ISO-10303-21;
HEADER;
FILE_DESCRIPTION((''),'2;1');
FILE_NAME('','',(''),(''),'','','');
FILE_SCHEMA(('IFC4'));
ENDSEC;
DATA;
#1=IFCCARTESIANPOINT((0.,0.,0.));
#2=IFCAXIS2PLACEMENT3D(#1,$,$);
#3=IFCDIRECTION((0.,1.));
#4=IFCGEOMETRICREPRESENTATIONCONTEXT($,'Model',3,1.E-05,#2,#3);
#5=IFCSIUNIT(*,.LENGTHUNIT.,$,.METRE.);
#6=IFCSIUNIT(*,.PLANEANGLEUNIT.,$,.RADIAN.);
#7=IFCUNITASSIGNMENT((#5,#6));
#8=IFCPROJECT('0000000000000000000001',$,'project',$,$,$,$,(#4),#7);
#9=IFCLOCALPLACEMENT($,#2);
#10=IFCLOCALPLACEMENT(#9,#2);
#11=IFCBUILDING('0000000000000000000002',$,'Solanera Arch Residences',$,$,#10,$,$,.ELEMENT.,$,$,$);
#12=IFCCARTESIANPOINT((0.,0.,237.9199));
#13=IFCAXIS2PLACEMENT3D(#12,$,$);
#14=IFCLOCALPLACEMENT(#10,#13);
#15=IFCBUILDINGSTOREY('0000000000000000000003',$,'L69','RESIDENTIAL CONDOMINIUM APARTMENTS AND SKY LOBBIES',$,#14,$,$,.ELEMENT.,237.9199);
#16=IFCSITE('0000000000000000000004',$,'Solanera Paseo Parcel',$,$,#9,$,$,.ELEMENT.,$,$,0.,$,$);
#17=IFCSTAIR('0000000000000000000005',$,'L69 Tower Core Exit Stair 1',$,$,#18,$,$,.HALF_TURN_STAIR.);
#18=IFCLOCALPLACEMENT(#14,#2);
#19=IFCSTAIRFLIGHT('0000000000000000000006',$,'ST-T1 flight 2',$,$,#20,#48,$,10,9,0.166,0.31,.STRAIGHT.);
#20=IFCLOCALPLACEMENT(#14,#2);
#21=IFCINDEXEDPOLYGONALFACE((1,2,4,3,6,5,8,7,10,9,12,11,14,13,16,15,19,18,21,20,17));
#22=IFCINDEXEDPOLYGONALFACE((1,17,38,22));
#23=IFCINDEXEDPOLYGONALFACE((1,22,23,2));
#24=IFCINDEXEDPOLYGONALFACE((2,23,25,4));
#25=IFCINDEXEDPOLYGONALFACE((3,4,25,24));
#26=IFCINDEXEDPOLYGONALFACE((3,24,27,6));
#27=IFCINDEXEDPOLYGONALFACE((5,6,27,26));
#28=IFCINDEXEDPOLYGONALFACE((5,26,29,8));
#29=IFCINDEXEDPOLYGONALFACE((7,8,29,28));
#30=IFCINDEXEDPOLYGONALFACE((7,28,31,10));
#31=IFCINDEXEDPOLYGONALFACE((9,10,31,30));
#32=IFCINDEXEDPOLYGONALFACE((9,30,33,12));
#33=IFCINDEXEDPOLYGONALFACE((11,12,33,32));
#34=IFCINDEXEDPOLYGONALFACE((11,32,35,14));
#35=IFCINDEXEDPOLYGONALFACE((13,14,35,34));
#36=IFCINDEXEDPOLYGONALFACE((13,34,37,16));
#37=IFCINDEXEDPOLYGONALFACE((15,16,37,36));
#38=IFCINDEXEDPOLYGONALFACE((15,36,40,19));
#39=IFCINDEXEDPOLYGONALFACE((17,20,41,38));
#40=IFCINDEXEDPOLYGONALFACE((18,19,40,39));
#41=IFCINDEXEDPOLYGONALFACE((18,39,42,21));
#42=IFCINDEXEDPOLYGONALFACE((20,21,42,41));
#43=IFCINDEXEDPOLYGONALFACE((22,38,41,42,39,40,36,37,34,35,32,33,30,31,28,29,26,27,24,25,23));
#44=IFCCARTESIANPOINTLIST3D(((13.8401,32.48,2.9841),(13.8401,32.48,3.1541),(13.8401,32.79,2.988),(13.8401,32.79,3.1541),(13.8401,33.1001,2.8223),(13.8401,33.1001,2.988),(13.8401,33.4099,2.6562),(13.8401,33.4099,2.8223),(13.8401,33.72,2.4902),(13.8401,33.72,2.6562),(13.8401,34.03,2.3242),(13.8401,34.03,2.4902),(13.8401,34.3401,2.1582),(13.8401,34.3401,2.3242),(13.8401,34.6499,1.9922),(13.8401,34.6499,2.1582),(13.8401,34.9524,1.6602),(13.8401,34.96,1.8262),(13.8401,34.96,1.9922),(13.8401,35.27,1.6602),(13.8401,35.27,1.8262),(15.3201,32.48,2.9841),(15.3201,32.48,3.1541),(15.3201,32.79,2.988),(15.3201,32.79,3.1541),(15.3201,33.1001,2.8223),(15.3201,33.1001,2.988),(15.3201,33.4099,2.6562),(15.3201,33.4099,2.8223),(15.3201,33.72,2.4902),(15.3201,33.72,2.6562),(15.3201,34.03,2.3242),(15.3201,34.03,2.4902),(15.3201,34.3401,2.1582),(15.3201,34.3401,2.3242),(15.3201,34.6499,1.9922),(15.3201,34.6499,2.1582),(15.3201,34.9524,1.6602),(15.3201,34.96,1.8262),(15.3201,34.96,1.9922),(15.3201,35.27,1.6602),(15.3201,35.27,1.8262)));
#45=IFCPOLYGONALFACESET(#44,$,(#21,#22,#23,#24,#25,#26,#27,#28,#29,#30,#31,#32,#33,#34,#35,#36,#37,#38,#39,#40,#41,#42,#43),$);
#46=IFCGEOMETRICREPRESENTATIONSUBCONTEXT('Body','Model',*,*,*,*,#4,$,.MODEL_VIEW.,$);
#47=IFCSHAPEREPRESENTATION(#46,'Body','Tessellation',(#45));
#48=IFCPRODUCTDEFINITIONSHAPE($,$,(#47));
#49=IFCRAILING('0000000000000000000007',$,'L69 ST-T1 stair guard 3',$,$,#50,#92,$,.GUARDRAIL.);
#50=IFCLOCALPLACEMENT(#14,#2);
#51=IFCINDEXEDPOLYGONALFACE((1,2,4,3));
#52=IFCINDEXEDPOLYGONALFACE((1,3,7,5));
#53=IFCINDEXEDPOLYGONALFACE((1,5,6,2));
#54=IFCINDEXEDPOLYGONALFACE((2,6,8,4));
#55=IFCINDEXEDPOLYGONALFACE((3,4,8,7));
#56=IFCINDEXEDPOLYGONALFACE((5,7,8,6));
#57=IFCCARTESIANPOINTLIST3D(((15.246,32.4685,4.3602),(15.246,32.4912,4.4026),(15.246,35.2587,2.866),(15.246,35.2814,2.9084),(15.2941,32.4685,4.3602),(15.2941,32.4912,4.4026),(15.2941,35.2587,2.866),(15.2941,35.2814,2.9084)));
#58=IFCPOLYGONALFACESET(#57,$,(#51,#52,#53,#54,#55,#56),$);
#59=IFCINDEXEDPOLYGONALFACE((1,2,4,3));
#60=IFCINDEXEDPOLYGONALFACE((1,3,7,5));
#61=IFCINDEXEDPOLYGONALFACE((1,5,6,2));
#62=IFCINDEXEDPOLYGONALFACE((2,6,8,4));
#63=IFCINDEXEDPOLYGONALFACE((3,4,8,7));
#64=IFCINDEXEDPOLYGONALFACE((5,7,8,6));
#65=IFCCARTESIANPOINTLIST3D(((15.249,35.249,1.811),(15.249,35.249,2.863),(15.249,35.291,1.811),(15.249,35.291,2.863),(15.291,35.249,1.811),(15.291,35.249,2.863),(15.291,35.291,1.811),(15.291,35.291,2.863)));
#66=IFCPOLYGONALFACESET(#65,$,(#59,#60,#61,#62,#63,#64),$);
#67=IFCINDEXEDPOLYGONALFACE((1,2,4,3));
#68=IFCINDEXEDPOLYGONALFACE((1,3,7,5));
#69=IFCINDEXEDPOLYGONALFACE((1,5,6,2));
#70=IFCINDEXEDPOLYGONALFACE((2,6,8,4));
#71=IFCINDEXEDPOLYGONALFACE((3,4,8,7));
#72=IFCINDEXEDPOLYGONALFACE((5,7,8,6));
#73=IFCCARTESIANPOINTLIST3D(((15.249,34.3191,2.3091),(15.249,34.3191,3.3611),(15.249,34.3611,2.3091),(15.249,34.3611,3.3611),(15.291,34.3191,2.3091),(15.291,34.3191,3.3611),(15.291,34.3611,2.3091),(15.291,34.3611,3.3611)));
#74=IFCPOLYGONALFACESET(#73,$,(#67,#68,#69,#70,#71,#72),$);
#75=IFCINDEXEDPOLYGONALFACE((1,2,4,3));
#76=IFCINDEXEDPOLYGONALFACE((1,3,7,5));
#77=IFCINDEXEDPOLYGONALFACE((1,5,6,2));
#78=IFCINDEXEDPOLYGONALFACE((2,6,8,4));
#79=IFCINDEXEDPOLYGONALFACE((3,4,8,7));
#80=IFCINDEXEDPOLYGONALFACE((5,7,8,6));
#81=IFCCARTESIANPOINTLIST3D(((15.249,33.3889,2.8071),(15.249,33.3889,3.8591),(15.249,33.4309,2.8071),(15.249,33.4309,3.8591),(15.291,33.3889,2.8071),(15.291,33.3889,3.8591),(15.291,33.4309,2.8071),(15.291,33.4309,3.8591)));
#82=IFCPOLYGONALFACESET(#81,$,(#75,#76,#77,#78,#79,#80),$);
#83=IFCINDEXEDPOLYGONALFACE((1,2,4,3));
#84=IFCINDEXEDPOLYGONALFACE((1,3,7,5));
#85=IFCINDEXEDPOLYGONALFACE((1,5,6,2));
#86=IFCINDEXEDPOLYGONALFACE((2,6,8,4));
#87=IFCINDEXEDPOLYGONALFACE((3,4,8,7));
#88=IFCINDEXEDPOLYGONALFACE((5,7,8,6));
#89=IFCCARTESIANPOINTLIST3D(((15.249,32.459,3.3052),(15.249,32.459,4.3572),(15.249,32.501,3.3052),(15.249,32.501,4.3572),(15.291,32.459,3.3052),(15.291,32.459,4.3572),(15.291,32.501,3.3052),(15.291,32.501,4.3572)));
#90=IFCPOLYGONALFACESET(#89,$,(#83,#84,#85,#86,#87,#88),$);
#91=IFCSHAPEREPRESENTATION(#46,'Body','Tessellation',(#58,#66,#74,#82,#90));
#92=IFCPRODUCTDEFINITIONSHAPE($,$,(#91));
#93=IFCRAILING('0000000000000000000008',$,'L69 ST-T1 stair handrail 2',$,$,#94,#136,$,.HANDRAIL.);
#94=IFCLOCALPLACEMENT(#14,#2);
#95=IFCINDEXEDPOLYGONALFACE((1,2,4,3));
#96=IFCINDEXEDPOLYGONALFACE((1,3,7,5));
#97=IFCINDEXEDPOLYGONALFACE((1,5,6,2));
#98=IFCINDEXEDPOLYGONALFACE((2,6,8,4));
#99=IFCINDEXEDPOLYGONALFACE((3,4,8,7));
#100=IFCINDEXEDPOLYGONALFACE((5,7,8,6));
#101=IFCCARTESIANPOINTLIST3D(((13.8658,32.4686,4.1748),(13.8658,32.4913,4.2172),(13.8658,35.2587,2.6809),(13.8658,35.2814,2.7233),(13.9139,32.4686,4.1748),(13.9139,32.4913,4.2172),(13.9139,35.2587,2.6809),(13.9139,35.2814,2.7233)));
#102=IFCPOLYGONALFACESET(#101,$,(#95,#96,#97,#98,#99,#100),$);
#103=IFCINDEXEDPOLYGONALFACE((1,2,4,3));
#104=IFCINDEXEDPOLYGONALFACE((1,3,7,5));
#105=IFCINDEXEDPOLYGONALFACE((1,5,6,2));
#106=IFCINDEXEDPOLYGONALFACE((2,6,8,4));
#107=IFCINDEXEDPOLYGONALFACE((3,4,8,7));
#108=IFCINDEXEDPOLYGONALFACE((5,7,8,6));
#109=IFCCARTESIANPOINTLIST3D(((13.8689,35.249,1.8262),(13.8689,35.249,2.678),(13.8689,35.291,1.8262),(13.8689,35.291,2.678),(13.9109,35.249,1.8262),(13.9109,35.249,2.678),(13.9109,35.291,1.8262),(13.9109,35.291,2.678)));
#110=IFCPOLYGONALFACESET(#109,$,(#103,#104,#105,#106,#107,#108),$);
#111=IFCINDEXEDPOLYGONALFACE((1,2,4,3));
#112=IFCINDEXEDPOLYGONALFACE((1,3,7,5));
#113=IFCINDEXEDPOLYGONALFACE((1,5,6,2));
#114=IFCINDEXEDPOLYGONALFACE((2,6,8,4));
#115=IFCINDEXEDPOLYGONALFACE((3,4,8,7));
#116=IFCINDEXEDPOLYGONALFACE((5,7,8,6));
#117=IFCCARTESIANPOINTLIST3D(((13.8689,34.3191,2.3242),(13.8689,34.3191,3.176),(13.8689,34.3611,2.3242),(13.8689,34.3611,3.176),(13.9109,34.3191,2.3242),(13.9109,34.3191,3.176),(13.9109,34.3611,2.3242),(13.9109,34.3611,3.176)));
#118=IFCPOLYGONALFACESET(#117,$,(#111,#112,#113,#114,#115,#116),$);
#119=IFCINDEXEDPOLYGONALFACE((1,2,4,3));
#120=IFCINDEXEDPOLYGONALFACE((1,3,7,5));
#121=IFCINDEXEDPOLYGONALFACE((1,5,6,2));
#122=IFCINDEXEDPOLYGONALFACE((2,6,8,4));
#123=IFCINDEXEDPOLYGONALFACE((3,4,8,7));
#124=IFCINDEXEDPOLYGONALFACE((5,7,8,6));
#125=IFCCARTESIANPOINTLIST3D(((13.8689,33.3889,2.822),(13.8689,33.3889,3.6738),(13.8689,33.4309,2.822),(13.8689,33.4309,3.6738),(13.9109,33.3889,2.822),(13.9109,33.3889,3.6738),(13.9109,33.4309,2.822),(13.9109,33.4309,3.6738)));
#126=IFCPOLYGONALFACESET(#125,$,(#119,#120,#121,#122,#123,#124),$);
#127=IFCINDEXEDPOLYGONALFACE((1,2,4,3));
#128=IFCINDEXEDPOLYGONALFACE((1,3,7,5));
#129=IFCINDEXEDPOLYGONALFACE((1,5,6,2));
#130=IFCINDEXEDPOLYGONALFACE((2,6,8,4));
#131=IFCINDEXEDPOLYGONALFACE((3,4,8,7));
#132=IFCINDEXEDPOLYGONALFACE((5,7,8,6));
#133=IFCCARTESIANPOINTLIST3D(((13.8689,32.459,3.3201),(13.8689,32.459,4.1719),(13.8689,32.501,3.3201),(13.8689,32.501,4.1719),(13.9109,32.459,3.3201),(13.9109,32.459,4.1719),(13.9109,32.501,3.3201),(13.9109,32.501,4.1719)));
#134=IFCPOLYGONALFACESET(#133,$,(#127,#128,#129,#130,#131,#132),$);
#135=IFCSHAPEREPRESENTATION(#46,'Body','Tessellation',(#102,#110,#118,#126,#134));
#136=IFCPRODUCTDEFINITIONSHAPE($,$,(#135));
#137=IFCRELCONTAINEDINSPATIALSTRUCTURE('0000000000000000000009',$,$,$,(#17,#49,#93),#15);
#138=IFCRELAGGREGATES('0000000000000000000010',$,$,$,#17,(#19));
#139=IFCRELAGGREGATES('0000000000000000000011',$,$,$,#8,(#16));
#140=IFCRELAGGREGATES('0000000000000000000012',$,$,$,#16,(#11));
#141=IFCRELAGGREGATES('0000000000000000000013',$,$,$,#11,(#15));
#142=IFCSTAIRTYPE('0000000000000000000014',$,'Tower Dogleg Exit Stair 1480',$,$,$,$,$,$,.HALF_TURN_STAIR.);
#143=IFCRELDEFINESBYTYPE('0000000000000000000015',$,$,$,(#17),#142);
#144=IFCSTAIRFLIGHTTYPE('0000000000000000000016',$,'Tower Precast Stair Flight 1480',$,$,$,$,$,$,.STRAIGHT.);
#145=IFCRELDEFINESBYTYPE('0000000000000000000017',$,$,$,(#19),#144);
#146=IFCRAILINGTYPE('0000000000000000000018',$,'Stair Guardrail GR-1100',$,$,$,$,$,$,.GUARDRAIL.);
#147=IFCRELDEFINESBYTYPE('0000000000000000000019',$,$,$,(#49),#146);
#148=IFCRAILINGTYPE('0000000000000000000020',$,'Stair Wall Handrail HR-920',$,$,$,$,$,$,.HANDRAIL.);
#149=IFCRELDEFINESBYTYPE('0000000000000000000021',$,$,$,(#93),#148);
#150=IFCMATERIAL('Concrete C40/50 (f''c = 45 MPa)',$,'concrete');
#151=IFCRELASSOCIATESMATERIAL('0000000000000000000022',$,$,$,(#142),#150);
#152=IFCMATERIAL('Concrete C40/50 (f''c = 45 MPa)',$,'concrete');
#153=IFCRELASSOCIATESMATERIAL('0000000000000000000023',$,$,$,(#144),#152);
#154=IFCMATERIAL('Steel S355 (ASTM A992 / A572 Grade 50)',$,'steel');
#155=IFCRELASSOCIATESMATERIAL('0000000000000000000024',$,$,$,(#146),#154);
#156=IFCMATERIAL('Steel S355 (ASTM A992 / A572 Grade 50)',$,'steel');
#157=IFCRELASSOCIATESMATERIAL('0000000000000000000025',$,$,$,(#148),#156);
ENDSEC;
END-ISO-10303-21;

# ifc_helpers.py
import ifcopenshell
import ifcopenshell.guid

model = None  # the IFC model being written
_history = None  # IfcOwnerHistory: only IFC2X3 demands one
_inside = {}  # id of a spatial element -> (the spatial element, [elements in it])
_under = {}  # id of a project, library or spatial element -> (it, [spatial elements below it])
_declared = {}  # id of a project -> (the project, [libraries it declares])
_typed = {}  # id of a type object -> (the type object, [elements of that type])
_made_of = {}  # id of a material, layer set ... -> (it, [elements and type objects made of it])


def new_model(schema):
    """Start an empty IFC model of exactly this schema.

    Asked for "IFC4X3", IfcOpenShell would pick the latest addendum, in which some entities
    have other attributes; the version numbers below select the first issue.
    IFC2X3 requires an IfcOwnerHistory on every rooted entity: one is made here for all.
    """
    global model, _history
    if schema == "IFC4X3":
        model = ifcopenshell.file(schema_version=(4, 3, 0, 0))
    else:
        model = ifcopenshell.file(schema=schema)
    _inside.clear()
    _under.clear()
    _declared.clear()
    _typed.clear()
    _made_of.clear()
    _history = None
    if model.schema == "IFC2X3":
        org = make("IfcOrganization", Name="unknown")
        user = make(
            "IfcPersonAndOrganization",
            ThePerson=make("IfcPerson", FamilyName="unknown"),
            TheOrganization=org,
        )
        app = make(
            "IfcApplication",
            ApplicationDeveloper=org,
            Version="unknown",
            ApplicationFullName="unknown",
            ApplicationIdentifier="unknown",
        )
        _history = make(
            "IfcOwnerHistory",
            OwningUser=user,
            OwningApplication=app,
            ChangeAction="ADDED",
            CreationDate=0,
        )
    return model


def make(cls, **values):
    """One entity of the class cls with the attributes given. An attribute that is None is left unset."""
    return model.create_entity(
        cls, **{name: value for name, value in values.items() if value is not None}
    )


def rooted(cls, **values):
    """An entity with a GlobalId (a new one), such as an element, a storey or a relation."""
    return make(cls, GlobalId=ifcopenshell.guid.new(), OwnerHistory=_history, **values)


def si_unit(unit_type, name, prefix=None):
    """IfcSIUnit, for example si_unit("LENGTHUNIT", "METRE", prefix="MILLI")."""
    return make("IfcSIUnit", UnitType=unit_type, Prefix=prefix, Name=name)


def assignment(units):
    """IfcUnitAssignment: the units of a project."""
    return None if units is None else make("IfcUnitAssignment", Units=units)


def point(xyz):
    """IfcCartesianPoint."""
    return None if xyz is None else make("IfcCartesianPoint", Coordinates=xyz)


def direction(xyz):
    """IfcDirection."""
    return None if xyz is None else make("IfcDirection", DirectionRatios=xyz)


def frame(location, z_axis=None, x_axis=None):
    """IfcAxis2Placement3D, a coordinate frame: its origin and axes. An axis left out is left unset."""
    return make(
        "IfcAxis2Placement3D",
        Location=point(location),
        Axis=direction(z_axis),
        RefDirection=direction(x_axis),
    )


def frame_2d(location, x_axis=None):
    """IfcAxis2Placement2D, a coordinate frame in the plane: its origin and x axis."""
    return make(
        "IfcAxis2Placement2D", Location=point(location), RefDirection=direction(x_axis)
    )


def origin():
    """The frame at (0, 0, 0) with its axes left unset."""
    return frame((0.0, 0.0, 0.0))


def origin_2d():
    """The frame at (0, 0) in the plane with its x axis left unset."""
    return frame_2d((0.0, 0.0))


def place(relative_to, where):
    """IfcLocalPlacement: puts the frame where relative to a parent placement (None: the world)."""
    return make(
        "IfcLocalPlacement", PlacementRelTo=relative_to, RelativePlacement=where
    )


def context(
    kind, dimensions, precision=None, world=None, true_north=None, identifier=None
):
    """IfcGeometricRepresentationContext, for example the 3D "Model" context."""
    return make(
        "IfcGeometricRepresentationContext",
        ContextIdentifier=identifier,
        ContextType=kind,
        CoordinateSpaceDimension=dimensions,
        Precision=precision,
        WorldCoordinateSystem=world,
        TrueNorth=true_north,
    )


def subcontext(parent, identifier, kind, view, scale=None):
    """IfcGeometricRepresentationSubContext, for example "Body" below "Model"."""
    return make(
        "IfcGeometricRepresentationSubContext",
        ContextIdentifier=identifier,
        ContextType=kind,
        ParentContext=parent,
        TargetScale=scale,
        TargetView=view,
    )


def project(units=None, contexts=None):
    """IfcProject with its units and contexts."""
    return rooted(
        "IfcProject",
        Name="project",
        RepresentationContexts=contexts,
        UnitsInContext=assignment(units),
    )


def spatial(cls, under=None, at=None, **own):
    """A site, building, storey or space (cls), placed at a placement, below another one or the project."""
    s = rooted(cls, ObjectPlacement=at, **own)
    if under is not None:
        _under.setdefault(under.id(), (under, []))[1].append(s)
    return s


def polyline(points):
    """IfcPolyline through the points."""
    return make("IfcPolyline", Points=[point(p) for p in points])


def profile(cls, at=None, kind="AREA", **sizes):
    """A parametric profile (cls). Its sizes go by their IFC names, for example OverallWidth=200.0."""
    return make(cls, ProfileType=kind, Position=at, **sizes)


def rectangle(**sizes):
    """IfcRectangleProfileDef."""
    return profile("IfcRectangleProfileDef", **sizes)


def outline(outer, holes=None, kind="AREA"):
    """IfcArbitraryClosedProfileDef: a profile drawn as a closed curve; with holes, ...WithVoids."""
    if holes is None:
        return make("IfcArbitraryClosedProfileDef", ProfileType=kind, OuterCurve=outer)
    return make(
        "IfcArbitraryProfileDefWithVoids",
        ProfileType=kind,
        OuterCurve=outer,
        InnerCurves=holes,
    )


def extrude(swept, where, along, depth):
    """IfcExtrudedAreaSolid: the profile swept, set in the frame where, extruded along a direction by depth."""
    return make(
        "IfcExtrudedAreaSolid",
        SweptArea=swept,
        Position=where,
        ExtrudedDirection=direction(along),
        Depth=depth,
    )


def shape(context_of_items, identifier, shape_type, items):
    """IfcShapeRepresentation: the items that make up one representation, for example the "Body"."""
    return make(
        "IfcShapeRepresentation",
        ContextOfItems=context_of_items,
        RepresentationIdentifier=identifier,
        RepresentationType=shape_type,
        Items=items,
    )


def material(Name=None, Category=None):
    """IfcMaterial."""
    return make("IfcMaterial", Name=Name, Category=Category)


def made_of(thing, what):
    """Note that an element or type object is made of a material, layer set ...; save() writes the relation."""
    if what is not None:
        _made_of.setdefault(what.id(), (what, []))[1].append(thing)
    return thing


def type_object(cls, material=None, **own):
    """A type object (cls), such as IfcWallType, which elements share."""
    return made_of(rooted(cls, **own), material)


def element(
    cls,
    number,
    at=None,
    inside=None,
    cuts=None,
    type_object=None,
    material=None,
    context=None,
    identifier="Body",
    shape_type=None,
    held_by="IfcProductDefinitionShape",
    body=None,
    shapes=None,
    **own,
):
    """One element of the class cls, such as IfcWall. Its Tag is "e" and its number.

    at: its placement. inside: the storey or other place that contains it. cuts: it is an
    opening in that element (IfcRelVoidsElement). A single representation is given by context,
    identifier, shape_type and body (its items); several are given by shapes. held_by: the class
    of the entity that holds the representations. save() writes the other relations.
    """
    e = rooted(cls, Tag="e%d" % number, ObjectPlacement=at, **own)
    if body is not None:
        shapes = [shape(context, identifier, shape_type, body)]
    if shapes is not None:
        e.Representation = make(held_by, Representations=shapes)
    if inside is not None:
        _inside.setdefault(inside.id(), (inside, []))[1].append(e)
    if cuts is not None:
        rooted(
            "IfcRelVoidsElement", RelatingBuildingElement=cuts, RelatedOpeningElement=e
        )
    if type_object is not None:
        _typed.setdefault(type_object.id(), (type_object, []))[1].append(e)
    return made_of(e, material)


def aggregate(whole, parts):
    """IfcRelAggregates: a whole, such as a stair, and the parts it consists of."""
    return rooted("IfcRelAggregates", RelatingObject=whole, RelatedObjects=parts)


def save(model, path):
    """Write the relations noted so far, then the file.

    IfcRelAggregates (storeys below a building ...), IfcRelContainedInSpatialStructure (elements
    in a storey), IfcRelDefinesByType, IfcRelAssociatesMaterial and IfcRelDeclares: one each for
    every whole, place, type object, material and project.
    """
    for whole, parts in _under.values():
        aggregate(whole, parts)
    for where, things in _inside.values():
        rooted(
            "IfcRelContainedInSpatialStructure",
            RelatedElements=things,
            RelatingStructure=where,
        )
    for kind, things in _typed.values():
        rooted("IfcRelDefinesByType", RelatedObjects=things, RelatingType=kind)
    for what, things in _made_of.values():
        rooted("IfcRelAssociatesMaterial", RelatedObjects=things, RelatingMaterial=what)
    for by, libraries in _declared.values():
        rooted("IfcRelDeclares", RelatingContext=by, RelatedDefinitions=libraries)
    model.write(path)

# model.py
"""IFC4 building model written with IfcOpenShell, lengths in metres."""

from ifc_helpers import new_model, si_unit, direction, frame, origin, origin_2d, place, context, subcontext, project, spatial, polyline, rectangle, outline, extrude, material, type_object, element, aggregate, save


model = new_model("IFC4")

# Units and contexts
model_context = context("Model", 3, precision=1e-05, world=origin(), true_north=direction((0.0, 1.0)))
body_context = subcontext(model_context, "Body", "Model", "MODEL_VIEW")
ifc_project = project(units=[si_unit("LENGTHUNIT", "METRE"), si_unit("PLANEANGLEUNIT", "RADIAN")], contexts=[model_context])

# Site, building, storey
site_placement = place(None, origin())
site = spatial("IfcSite", under=ifc_project, at=site_placement, Name="Solanera Paseo Parcel", CompositionType="ELEMENT", RefElevation=0.0)
building_placement = place(site_placement, origin())
building = spatial("IfcBuilding", under=site, at=building_placement, Name="Solanera Arch Residences", CompositionType="ELEMENT")
storey_placement = place(building_placement, frame((0.0, 0.0, 237.9199)))
storey = spatial("IfcBuildingStorey", under=building, at=storey_placement, Name="L69", Description="RESIDENTIAL CONDOMINIUM APARTMENTS AND SKY LOBBIES", CompositionType="ELEMENT", Elevation=237.9199)

# Stair, stair flight
ifc_material_1 = material(Name="Concrete C40/50 (f'c = 45 MPa)", Category="concrete")
stair_type = type_object("IfcStairType", Name="Tower Dogleg Exit Stair 1480", PredefinedType="HALF_TURN_STAIR", material=ifc_material_1)
stair_placement = place(storey_placement, origin())
stair = element("IfcStair", 1, at=stair_placement, inside=storey, type_object=stair_type, Name="L69 Tower Core Exit Stair 1", PredefinedType="HALF_TURN_STAIR")
ifc_material_2 = material(Name="Concrete C40/50 (f'c = 45 MPa)", Category="concrete")
stair_flight_type = type_object("IfcStairFlightType", Name="Tower Precast Stair Flight 1480", PredefinedType="STRAIGHT", material=ifc_material_2)
stair_flight_placement = place(storey_placement, frame((14.5801, 35.27, 1.6602), z_axis=(0.0, 0.0, 1.0), x_axis=(0.0, -1.0, 0.0)))
stair_flight = element("IfcStairFlight", 2, at=stair_flight_placement, type_object=stair_flight_type, Name="ST-T1 flight 2", NumberOfRisers=10, NumberOfTreads=9, PredefinedType="STRAIGHT", RiserHeight=0.166, TreadLength=0.31, context=body_context, shape_type="SweptSolid", body=[
    extrude(outline(polyline([(0.0, 0.0), (0.0, 0.166), (0.3101, 0.166), (0.3101, 0.332), (0.6201, 0.332), (0.6201, 0.498), (0.9299, 0.498), (0.9299, 0.6641), (1.24, 0.6641), (1.24, 0.8301), (1.55, 0.8301), (1.55, 0.9961), (1.8601, 0.9961), (1.8601, 1.1621), (2.1699, 1.1621), (2.1699, 1.3279), (2.48, 1.3279), (2.48, 1.4939), (2.79, 1.4939), (2.79, 1.6599), (2.79, 1.324), (0.3176, 0.0), (0.0, 0.0)])), frame((0.0, 0.74, 0.0), z_axis=(0.0, -1.0, 0.0), x_axis=(1.0, 0.0, 0.0)), (0.0, 0.0, 1.0), 1.48),
])
aggregate(stair, [stair_flight])

# Railings
ifc_material_3 = material(Name="Steel S355 (ASTM A992 / A572 Grade 50)", Category="steel")
railing_type_1 = type_object("IfcRailingType", Name="Stair Guardrail GR-1100", PredefinedType="GUARDRAIL", material=ifc_material_3)
railing_1_placement = place(storey_placement, frame((15.27, 35.27, 1.811)))
element("IfcRailing", 3, at=railing_1_placement, inside=storey, type_object=railing_type_1, Name="L69 ST-T1 stair guard 3", PredefinedType="GUARDRAIL", context=body_context, shape_type="SweptSolid", body=[
    extrude(rectangle(XDim=0.0481, YDim=0.0481, at=origin_2d()), frame((0.0, 0.0, 1.0762), z_axis=(0.0, -0.881549, 0.472093), x_axis=(1.0, 0.0, 0.0)), (0.0, 0.0, 1.0), 3.165),
    extrude(rectangle(XDim=0.042, YDim=0.042, at=origin_2d()), origin(), (0.0, 0.0, 1.0), 1.052),
    extrude(rectangle(XDim=0.042, YDim=0.042, at=origin_2d()), frame((0.0, -0.9299, 0.498)), (0.0, 0.0, 1.0), 1.052),
    extrude(rectangle(XDim=0.042, YDim=0.042, at=origin_2d()), frame((0.0, -1.8601, 0.9961)), (0.0, 0.0, 1.0), 1.052),
    extrude(rectangle(XDim=0.042, YDim=0.042, at=origin_2d()), frame((0.0, -2.79, 1.4941)), (0.0, 0.0, 1.0), 1.052),
])
ifc_material_4 = material(Name="Steel S355 (ASTM A992 / A572 Grade 50)", Category="steel")
railing_type_2 = type_object("IfcRailingType", Name="Stair Wall Handrail HR-920", PredefinedType="HANDRAIL", material=ifc_material_4)
railing_2_placement = place(storey_placement, frame((13.8899, 35.27, 1.8262)))
element("IfcRailing", 4, at=railing_2_placement, inside=storey, type_object=railing_type_2, Name="L69 ST-T1 stair handrail 2", PredefinedType="HANDRAIL", context=body_context, shape_type="SweptSolid", body=[
    extrude(rectangle(XDim=0.0481, YDim=0.0481, at=origin_2d()), frame((0.0, 0.0, 0.876), z_axis=(0.0, -0.881581, 0.472033), x_axis=(1.0, 0.0, 0.0)), (0.0, 0.0, 1.0), 3.1648),
    extrude(rectangle(XDim=0.042, YDim=0.042, at=origin_2d()), origin(), (0.0, 0.0, 1.0), 0.8518),
    extrude(rectangle(XDim=0.042, YDim=0.042, at=origin_2d()), frame((0.0, -0.9299, 0.498)), (0.0, 0.0, 1.0), 0.8518),
    extrude(rectangle(XDim=0.042, YDim=0.042, at=origin_2d()), frame((0.0, -1.8601, 0.9958)), (0.0, 0.0, 1.0), 0.8518),
    extrude(rectangle(XDim=0.042, YDim=0.042, at=origin_2d()), frame((0.0, -2.79, 1.4939)), (0.0, 0.0, 1.0), 0.8518),
])

save(model, "model.ifc")
